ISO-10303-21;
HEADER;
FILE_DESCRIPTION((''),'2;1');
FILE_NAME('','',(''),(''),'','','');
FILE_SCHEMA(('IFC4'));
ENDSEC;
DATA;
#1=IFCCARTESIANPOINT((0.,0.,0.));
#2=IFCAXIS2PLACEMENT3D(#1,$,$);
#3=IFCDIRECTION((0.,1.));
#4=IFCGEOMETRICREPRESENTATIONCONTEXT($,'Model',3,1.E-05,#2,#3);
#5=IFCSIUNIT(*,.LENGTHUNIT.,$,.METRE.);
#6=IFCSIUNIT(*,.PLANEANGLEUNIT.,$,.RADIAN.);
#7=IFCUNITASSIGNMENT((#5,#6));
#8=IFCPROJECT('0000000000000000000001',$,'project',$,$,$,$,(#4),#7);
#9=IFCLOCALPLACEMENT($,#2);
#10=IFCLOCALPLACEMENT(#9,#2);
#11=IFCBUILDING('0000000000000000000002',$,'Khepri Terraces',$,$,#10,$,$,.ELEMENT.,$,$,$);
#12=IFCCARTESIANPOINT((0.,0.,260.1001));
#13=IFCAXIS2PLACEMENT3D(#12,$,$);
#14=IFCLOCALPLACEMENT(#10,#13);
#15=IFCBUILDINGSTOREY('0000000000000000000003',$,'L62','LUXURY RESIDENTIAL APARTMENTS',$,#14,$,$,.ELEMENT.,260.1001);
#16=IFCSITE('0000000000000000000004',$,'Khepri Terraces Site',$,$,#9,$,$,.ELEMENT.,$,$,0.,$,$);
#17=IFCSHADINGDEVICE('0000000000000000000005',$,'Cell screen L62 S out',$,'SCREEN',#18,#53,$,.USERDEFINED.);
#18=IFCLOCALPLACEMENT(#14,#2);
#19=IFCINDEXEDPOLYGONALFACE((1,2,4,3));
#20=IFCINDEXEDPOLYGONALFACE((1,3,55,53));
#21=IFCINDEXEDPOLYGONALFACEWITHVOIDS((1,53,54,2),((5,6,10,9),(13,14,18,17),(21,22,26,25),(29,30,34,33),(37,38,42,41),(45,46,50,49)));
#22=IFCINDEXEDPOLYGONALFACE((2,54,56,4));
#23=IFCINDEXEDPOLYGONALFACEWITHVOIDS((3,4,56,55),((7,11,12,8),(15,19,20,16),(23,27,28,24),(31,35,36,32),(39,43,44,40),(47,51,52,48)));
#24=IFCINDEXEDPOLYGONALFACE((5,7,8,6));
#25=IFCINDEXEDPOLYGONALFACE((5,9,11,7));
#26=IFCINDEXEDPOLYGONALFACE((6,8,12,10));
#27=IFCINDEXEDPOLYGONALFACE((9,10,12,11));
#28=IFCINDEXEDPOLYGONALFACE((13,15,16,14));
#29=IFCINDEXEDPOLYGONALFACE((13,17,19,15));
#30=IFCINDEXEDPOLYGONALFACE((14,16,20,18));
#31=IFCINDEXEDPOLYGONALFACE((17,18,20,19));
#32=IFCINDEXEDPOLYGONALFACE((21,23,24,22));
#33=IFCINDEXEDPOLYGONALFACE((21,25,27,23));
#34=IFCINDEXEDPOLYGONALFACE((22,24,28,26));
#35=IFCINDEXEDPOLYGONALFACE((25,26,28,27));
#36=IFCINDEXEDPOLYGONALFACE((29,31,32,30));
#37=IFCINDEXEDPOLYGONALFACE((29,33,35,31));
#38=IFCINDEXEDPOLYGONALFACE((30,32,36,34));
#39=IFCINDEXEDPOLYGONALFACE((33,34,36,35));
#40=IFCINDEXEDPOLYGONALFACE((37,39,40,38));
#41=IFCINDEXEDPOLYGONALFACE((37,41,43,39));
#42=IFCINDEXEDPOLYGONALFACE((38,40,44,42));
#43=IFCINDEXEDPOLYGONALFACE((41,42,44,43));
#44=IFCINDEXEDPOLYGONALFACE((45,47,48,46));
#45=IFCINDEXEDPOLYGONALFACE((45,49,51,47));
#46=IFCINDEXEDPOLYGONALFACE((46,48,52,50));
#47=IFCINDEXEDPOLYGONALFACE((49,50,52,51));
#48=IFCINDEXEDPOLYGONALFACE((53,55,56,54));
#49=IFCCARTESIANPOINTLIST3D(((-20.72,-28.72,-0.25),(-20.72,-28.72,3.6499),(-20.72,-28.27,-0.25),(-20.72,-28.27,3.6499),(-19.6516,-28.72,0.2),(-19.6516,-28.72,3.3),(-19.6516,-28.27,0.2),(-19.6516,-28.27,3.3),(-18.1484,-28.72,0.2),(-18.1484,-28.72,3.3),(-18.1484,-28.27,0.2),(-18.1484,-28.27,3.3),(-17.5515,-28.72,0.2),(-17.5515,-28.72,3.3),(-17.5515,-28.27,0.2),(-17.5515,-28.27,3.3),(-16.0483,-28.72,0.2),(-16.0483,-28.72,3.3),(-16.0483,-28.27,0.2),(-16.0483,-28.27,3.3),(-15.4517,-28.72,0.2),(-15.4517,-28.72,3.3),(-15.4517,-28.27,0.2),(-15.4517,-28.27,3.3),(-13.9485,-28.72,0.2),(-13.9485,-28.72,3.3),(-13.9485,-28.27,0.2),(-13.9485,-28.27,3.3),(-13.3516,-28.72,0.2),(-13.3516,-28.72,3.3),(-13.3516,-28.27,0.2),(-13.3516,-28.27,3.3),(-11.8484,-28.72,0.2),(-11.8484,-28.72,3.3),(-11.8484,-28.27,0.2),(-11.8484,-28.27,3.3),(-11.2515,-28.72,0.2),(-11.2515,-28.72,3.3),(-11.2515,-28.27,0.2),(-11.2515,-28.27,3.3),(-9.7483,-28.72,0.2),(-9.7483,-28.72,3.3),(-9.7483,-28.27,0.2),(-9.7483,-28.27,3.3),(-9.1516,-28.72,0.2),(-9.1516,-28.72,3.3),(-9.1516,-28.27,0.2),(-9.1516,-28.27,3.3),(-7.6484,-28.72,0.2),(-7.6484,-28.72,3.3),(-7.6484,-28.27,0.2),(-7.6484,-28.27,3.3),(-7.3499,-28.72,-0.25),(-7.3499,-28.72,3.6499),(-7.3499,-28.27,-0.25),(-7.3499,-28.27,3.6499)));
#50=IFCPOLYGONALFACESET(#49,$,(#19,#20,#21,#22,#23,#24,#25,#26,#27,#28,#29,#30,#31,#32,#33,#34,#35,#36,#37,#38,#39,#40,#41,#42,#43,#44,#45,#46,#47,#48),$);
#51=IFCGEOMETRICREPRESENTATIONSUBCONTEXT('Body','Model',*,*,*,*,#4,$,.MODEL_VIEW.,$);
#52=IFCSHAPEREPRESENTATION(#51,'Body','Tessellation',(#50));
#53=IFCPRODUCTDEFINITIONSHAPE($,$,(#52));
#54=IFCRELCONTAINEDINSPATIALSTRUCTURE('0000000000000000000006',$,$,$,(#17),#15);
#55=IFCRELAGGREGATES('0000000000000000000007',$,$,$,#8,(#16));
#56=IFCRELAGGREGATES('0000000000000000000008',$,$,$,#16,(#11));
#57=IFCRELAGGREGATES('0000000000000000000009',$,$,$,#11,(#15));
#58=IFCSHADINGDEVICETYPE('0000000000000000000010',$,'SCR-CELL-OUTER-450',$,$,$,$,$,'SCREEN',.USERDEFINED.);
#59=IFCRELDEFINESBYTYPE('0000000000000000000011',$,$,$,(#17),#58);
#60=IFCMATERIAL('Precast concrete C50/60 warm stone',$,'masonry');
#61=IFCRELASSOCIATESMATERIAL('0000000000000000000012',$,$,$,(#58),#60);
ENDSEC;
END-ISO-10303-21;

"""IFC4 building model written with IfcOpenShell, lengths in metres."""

from ifc_helpers import new_model, si_unit, direction, frame, origin, place, context, subcontext, project, spatial, polyline, outline, extrude, material, type_object, element, save


model = new_model("IFC4")

# Units and contexts
model_context = context("Model", 3, precision=1e-05, world=origin(), true_north=direction((0.0, 1.0)))
body_context = subcontext(model_context, "Body", "Model", "MODEL_VIEW")
ifc_project = project(units=[si_unit("LENGTHUNIT", "METRE"), si_unit("PLANEANGLEUNIT", "RADIAN")], contexts=[model_context])

# Site, building, storey
site_placement = place(None, origin())
site = spatial("IfcSite", under=ifc_project, at=site_placement, Name="Khepri Terraces Site", CompositionType="ELEMENT", RefElevation=0.0)
building_placement = place(site_placement, origin())
building = spatial("IfcBuilding", under=site, at=building_placement, Name="Khepri Terraces", CompositionType="ELEMENT")
storey_placement = place(building_placement, frame((0.0, 0.0, 260.1001)))
storey = spatial("IfcBuildingStorey", under=building, at=storey_placement, Name="L62", Description="LUXURY RESIDENTIAL APARTMENTS", CompositionType="ELEMENT", Elevation=260.1001)

# Shared definitions
ifc_material_1 = material(Name="Precast concrete C50/60 warm stone", Category="masonry")

# Shading device
shading_device_type_1 = type_object("IfcShadingDeviceType", Name="SCR-CELL-OUTER-450", ElementType="SCREEN", PredefinedType="USERDEFINED", material=ifc_material_1)
shading_device_1_placement = place(storey_placement, frame((-20.72, -28.27, -0.25), z_axis=(0.0, -1.0, 0.0), x_axis=(1.0, 0.0, 0.0)))
element("IfcShadingDevice", 1, at=shading_device_1_placement, inside=storey, type_object=shading_device_type_1, Name="Cell screen L62 S out", ObjectType="SCREEN", PredefinedType="USERDEFINED", context=body_context, shape_type="SweptSolid", body=[
    extrude(outline(polyline([(0.0, 0.0), (13.3701, 0.0), (13.3701, 3.8999), (0.0, 3.8999), (0.0, 0.0)]), holes=[polyline([(1.0684, 0.45), (2.5715, 0.45), (2.5715, 3.55), (1.0684, 3.55), (1.0684, 0.45)]), polyline([(3.1685, 0.45), (4.6716, 0.45), (4.6716, 3.55), (3.1685, 3.55), (3.1685, 0.45)]), polyline([(5.2683, 0.45), (6.7715, 0.45), (6.7715, 3.55), (5.2683, 3.55), (5.2683, 0.45)]), polyline([(7.3684, 0.45), (8.8716, 0.45), (8.8716, 3.55), (7.3684, 3.55), (7.3684, 0.45)]), polyline([(9.4685, 0.45), (10.9717, 0.45), (10.9717, 3.55), (9.4685, 3.55), (9.4685, 0.45)]), polyline([(11.5684, 0.45), (13.0715, 0.45), (13.0715, 3.55), (11.5684, 3.55), (11.5684, 0.45)])]), origin(), (0.0, 0.0, 1.0), 0.45),
])

save(model, "model.ifc")
